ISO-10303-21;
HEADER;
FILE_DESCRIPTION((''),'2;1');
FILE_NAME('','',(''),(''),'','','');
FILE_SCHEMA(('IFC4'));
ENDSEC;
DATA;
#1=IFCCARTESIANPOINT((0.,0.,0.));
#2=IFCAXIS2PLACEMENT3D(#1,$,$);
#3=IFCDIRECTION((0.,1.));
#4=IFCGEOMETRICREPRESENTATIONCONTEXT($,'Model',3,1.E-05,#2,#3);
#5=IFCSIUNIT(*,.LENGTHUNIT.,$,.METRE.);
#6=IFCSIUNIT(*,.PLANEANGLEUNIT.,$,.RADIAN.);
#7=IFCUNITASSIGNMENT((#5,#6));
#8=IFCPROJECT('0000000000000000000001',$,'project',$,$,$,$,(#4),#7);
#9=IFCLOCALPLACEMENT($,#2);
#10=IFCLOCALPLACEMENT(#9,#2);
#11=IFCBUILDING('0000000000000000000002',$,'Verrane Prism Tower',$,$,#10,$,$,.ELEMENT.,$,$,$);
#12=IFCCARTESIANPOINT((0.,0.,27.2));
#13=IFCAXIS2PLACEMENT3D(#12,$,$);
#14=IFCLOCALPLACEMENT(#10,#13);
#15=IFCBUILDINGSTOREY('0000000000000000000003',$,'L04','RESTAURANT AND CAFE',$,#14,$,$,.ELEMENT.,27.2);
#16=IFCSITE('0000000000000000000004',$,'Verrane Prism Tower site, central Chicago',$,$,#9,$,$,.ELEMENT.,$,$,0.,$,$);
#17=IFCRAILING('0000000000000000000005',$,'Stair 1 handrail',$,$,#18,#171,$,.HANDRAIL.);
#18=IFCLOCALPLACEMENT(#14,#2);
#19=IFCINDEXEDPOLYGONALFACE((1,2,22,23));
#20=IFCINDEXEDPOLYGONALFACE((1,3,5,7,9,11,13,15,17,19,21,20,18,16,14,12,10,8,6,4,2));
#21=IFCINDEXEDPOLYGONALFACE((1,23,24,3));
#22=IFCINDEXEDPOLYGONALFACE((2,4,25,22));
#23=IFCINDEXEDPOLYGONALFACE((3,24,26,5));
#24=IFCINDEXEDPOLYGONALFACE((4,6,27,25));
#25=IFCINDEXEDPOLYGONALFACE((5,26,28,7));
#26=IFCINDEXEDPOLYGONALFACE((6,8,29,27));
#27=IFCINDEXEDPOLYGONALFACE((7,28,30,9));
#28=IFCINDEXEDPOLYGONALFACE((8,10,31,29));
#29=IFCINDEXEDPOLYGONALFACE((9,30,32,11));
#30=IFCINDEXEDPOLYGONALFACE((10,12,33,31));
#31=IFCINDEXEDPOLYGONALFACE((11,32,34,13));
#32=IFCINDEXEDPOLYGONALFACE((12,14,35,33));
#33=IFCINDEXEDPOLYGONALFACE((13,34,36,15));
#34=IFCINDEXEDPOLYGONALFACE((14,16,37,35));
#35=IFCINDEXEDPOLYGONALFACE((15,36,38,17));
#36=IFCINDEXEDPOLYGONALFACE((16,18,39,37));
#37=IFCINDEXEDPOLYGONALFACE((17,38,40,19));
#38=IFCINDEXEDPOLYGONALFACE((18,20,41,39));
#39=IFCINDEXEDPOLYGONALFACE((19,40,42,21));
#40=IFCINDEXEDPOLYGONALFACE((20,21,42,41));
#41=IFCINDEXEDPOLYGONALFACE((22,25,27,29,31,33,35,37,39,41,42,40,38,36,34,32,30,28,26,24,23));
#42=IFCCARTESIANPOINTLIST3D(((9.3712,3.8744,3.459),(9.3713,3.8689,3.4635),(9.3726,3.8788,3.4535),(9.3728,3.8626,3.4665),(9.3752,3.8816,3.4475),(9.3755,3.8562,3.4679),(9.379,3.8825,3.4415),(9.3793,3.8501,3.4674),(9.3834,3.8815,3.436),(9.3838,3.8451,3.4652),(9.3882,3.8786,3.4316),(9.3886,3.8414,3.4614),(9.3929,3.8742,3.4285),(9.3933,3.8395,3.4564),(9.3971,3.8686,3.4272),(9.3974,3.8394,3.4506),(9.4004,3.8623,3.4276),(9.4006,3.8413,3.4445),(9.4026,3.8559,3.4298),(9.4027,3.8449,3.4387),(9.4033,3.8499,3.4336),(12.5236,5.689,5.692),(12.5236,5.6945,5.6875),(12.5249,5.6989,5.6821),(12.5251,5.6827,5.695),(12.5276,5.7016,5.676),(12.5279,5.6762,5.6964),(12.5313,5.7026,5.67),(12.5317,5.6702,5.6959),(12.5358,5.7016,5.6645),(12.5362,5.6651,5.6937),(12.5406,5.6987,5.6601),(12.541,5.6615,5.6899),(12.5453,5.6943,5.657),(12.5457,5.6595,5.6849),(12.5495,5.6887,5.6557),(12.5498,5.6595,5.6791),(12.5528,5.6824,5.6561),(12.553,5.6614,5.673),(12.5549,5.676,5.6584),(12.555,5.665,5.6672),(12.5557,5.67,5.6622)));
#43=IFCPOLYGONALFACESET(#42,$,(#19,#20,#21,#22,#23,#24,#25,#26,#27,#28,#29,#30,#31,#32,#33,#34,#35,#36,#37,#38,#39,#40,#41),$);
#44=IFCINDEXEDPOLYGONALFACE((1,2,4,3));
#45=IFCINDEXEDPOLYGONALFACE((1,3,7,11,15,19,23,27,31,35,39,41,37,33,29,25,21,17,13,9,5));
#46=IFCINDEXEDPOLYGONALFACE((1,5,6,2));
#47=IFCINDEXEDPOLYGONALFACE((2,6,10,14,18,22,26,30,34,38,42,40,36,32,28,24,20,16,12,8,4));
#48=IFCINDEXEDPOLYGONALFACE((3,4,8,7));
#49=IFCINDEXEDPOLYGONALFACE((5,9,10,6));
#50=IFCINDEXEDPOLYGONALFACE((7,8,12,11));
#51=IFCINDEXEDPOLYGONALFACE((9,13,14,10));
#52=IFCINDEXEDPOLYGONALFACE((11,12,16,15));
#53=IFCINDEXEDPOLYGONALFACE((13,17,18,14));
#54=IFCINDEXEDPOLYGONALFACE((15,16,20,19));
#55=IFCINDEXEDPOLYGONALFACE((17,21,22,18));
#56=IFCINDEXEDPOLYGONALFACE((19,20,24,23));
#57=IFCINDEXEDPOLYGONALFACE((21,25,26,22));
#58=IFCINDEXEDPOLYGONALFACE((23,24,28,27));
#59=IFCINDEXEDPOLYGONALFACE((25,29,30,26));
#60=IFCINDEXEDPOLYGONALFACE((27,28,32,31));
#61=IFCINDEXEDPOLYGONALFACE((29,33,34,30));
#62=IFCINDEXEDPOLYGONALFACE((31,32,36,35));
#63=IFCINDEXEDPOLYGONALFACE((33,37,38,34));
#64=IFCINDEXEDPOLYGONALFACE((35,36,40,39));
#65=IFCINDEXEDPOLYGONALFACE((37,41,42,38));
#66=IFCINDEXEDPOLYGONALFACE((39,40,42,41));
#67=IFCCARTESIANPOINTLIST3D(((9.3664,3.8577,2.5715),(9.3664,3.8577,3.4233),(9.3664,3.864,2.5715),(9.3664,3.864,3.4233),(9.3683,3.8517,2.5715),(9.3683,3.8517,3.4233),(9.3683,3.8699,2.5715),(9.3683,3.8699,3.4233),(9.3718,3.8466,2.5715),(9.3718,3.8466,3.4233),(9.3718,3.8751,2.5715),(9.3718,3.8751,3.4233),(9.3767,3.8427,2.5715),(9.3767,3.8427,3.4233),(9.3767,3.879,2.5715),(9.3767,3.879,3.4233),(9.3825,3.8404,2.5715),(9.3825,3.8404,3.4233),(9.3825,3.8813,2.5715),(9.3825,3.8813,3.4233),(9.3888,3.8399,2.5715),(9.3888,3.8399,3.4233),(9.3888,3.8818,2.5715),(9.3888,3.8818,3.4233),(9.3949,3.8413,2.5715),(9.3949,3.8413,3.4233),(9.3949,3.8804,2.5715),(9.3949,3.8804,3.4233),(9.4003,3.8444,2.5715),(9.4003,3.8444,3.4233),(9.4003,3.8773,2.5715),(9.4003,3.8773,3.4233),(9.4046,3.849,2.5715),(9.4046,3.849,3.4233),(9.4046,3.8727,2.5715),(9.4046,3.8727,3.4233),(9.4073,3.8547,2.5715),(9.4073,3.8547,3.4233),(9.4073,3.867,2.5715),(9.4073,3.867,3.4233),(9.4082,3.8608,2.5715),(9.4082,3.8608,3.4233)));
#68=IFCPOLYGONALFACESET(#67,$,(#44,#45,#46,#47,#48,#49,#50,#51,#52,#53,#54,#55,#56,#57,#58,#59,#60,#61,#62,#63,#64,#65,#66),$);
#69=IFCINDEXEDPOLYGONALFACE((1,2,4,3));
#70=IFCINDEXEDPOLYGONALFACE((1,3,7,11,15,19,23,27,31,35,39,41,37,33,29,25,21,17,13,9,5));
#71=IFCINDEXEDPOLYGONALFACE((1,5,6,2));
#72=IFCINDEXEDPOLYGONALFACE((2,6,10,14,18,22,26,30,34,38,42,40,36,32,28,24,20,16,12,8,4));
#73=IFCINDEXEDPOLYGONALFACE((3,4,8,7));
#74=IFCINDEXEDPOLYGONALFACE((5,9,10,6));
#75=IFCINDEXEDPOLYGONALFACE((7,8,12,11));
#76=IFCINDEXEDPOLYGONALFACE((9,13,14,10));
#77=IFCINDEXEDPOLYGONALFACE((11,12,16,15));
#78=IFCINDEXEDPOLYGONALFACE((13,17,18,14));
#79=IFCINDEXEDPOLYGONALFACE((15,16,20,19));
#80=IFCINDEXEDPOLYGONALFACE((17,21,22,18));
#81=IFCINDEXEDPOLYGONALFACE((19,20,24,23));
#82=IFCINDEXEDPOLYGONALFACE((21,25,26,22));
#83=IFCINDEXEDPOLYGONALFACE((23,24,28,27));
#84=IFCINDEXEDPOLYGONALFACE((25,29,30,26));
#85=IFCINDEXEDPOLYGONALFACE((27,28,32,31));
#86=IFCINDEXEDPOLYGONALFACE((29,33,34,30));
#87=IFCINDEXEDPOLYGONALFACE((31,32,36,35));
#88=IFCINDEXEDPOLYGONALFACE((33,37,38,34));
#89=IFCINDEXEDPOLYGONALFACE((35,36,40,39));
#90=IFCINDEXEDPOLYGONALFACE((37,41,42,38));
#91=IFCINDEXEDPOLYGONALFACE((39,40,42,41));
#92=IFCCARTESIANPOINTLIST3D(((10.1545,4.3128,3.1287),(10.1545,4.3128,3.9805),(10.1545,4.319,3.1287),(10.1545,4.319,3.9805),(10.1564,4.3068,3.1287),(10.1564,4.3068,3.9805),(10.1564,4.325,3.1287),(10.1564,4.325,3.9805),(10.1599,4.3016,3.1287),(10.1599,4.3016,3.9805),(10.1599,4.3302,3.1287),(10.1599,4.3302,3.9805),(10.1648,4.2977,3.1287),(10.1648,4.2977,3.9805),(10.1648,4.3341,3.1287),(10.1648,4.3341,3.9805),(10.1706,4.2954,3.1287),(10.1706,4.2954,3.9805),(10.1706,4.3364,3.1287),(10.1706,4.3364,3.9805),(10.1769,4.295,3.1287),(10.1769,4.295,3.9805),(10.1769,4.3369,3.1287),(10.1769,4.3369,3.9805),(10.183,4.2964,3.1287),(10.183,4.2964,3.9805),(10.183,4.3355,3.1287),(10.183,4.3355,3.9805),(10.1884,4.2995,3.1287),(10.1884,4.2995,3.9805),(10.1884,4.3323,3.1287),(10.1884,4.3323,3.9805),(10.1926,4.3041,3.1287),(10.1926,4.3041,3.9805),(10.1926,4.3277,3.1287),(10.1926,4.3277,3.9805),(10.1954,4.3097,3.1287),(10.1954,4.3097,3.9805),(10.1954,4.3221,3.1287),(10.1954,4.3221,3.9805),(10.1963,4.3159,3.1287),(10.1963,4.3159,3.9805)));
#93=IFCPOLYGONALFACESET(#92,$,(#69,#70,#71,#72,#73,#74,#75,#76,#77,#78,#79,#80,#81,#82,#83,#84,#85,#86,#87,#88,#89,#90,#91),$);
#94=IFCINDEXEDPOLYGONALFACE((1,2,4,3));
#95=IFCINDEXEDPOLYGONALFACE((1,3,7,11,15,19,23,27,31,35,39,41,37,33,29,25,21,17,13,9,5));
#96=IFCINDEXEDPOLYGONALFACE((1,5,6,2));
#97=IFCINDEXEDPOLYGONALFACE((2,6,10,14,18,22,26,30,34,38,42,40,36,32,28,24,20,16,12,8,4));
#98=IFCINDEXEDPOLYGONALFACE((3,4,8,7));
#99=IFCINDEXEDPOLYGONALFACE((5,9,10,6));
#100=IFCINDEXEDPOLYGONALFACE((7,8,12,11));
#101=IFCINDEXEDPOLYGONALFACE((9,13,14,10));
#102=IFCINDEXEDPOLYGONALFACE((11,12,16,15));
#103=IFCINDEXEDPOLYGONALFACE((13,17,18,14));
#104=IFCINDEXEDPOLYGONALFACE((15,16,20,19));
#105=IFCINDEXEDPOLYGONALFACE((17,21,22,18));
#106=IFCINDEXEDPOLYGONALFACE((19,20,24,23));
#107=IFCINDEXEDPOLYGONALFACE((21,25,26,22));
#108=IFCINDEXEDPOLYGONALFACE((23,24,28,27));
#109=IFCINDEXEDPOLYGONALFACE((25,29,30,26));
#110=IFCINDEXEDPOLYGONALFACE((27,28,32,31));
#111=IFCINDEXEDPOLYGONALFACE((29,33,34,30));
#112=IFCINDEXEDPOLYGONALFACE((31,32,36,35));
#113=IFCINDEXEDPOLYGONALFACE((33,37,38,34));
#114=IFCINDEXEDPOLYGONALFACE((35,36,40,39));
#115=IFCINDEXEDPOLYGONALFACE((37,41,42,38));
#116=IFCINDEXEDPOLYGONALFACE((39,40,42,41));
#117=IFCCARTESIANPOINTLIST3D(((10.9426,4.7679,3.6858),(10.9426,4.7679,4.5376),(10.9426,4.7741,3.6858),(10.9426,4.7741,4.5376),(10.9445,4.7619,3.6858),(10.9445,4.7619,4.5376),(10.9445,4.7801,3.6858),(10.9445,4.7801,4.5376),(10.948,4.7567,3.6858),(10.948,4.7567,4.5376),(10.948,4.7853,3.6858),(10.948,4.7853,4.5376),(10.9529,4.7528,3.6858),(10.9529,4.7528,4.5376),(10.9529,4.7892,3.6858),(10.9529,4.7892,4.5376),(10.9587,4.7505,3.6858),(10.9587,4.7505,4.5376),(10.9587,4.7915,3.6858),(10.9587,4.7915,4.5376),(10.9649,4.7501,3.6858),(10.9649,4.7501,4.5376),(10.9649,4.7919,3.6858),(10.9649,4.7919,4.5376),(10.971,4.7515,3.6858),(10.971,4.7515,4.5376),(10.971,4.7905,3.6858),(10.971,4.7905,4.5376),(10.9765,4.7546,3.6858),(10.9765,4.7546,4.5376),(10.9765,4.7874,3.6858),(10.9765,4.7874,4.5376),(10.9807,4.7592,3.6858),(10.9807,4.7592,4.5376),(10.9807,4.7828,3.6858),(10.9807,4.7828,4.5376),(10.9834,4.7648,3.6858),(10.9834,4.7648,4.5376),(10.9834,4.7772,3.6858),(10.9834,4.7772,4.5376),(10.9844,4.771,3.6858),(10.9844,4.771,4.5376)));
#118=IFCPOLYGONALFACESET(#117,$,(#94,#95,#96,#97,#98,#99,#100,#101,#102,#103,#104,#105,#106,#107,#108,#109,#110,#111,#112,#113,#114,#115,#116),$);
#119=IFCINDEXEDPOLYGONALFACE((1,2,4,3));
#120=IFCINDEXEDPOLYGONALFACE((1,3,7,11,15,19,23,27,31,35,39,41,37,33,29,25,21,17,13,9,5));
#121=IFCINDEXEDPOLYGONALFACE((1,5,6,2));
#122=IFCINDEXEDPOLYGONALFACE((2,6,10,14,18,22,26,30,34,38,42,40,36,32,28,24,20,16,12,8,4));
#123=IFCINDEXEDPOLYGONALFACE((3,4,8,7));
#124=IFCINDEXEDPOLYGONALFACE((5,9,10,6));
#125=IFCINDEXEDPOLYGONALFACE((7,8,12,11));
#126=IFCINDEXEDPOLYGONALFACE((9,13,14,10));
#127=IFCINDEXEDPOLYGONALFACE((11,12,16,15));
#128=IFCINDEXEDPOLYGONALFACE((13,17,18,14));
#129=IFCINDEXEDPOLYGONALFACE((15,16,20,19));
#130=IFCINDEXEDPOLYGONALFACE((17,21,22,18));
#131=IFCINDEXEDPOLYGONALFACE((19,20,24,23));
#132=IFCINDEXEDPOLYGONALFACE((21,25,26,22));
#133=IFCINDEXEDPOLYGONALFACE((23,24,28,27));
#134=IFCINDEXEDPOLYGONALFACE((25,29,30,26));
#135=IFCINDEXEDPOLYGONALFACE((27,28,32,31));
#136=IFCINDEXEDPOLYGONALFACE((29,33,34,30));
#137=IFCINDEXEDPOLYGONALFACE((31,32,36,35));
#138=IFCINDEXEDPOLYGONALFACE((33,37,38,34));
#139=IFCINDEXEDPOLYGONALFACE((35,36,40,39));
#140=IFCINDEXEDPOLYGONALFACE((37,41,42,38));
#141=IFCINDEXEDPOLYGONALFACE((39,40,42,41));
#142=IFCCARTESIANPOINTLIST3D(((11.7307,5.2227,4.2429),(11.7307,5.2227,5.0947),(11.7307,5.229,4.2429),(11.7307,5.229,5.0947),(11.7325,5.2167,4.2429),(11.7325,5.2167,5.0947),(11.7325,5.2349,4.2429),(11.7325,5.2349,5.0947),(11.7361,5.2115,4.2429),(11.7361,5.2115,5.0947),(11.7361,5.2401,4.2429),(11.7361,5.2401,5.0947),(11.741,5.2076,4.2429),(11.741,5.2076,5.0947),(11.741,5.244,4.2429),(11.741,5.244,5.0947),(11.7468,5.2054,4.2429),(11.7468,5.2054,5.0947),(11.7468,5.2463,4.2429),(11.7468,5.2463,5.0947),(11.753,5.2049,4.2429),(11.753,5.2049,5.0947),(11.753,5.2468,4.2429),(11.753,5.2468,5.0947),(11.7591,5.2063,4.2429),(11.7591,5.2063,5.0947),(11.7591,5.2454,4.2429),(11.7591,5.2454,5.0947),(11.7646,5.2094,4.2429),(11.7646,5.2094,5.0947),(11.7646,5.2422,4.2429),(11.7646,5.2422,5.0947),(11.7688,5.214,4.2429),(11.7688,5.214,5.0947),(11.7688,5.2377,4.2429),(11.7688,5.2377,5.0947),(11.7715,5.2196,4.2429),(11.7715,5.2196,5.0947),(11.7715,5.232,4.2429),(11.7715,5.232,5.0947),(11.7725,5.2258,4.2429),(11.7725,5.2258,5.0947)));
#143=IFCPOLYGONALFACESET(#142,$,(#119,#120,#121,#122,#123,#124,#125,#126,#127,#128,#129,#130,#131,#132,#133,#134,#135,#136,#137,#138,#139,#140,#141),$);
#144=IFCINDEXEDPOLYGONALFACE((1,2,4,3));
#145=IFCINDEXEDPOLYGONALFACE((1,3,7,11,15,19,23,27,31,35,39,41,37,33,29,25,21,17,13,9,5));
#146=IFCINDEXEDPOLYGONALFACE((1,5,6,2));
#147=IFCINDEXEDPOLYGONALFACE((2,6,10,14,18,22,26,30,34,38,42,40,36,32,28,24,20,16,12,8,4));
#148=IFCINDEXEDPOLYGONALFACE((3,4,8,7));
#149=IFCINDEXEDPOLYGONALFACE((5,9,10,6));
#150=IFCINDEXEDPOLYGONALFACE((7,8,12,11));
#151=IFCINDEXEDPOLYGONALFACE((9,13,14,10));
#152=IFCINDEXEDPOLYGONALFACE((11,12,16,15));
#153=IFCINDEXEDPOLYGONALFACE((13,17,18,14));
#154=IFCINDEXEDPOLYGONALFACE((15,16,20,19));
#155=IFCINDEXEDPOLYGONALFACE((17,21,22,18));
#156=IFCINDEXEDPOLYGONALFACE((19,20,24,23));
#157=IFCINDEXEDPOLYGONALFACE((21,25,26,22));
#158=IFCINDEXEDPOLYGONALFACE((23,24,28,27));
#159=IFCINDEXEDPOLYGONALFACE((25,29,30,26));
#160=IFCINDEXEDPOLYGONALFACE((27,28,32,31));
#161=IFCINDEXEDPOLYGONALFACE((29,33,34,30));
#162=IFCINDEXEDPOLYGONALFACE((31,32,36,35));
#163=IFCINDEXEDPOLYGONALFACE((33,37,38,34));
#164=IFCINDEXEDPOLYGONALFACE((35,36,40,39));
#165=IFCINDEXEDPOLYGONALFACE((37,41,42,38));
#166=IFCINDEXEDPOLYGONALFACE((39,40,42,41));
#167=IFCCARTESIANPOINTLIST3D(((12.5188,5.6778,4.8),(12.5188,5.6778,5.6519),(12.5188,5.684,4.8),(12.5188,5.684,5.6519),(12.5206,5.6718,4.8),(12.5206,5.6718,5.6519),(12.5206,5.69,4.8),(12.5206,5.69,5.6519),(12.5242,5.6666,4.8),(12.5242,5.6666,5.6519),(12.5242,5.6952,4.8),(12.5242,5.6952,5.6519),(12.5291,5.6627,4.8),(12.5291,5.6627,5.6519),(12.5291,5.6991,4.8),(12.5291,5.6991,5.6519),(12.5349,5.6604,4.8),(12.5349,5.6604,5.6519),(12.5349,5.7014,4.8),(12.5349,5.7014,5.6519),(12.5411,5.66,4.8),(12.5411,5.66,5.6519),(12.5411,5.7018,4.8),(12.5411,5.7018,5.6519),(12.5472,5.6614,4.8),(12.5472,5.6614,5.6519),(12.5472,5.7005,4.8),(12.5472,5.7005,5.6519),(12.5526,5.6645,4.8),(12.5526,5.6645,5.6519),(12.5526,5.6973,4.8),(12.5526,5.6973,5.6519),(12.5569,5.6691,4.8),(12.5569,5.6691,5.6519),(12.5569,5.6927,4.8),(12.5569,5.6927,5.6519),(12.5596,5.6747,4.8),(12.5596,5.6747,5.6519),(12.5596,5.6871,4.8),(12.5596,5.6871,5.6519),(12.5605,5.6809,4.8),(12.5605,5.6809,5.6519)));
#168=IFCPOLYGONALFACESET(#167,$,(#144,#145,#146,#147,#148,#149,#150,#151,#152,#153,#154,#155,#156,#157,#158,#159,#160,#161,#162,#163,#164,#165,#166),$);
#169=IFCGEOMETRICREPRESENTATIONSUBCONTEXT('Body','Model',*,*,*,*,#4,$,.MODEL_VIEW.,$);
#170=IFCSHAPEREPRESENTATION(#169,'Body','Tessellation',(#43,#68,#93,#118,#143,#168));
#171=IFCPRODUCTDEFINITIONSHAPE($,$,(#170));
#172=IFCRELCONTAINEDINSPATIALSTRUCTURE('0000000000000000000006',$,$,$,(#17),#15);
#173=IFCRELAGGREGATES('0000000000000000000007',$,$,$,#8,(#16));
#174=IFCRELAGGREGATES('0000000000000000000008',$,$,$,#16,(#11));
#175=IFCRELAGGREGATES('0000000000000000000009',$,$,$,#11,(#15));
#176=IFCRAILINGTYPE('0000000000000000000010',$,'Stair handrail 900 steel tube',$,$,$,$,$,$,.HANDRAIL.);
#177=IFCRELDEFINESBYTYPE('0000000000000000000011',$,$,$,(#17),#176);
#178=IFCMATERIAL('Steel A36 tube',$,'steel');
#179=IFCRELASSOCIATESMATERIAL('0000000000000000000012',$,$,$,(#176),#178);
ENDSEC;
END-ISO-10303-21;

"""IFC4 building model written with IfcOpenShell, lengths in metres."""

from ifc_helpers import new_model, si_unit, direction, frame, origin, origin_2d, place, context, subcontext, project, spatial, circle, extrude, material, type_object, element, save


model = new_model("IFC4")

# Units and contexts
model_context = context("Model", 3, precision=1e-05, world=origin(), true_north=direction((0.0, 1.0)))
body_context = subcontext(model_context, "Body", "Model", "MODEL_VIEW")
ifc_project = project(units=[si_unit("LENGTHUNIT", "METRE"), si_unit("PLANEANGLEUNIT", "RADIAN")], contexts=[model_context])

# Site, building, storey
site_placement = place(None, origin())
site = spatial("IfcSite", under=ifc_project, at=site_placement, Name="Verrane Prism Tower site, central Chicago", CompositionType="ELEMENT", RefElevation=0.0)
building_placement = place(site_placement, origin())
building = spatial("IfcBuilding", under=site, at=building_placement, Name="Verrane Prism Tower", CompositionType="ELEMENT")
storey_placement = place(building_placement, frame((0.0, 0.0, 27.2)))
storey = spatial("IfcBuildingStorey", under=building, at=storey_placement, Name="L04", Description="RESTAURANT AND CAFE", CompositionType="ELEMENT", Elevation=27.2)

# Railing
ifc_material_1 = material(Name="Steel A36 tube", Category="steel")
railing_type_1 = type_object("IfcRailingType", Name="Stair handrail 900 steel tube", PredefinedType="HANDRAIL", material=ifc_material_1)
railing_1_placement = place(storey_placement, frame((9.3872, 3.8608, 2.5715)))
element("IfcRailing", 1, at=railing_1_placement, inside=storey, type_object=railing_type_1, Name="Stair 1 handrail", PredefinedType="HANDRAIL", context=body_context, shape_type="SweptSolid", body=[
    extrude(circle(Radius=0.0239, at=origin_2d()), frame((0.0, 0.0, 0.876), z_axis=(0.738592, 0.426441, 0.52214), x_axis=(-0.500013, 0.866018, 0.0)), (0.0, 0.0, 1.0), 4.2681),
    extrude(circle(Radius=0.021, at=origin_2d()), origin(), (0.0, 0.0, 1.0), 0.8518),
    extrude(circle(Radius=0.021, at=origin_2d()), frame((0.7881, 0.4551, 0.5571)), (0.0, 0.0, 1.0), 0.8518),
    extrude(circle(Radius=0.021, at=origin_2d()), frame((1.5762, 0.9102, 1.1143)), (0.0, 0.0, 1.0), 0.8518),
    extrude(circle(Radius=0.021, at=origin_2d()), frame((2.3643, 1.365, 1.6714)), (0.0, 0.0, 1.0), 0.8518),
    extrude(circle(Radius=0.021, at=origin_2d()), frame((3.1523, 1.8201, 2.2285)), (0.0, 0.0, 1.0), 0.8518),
])

save(model, "model.ifc")
